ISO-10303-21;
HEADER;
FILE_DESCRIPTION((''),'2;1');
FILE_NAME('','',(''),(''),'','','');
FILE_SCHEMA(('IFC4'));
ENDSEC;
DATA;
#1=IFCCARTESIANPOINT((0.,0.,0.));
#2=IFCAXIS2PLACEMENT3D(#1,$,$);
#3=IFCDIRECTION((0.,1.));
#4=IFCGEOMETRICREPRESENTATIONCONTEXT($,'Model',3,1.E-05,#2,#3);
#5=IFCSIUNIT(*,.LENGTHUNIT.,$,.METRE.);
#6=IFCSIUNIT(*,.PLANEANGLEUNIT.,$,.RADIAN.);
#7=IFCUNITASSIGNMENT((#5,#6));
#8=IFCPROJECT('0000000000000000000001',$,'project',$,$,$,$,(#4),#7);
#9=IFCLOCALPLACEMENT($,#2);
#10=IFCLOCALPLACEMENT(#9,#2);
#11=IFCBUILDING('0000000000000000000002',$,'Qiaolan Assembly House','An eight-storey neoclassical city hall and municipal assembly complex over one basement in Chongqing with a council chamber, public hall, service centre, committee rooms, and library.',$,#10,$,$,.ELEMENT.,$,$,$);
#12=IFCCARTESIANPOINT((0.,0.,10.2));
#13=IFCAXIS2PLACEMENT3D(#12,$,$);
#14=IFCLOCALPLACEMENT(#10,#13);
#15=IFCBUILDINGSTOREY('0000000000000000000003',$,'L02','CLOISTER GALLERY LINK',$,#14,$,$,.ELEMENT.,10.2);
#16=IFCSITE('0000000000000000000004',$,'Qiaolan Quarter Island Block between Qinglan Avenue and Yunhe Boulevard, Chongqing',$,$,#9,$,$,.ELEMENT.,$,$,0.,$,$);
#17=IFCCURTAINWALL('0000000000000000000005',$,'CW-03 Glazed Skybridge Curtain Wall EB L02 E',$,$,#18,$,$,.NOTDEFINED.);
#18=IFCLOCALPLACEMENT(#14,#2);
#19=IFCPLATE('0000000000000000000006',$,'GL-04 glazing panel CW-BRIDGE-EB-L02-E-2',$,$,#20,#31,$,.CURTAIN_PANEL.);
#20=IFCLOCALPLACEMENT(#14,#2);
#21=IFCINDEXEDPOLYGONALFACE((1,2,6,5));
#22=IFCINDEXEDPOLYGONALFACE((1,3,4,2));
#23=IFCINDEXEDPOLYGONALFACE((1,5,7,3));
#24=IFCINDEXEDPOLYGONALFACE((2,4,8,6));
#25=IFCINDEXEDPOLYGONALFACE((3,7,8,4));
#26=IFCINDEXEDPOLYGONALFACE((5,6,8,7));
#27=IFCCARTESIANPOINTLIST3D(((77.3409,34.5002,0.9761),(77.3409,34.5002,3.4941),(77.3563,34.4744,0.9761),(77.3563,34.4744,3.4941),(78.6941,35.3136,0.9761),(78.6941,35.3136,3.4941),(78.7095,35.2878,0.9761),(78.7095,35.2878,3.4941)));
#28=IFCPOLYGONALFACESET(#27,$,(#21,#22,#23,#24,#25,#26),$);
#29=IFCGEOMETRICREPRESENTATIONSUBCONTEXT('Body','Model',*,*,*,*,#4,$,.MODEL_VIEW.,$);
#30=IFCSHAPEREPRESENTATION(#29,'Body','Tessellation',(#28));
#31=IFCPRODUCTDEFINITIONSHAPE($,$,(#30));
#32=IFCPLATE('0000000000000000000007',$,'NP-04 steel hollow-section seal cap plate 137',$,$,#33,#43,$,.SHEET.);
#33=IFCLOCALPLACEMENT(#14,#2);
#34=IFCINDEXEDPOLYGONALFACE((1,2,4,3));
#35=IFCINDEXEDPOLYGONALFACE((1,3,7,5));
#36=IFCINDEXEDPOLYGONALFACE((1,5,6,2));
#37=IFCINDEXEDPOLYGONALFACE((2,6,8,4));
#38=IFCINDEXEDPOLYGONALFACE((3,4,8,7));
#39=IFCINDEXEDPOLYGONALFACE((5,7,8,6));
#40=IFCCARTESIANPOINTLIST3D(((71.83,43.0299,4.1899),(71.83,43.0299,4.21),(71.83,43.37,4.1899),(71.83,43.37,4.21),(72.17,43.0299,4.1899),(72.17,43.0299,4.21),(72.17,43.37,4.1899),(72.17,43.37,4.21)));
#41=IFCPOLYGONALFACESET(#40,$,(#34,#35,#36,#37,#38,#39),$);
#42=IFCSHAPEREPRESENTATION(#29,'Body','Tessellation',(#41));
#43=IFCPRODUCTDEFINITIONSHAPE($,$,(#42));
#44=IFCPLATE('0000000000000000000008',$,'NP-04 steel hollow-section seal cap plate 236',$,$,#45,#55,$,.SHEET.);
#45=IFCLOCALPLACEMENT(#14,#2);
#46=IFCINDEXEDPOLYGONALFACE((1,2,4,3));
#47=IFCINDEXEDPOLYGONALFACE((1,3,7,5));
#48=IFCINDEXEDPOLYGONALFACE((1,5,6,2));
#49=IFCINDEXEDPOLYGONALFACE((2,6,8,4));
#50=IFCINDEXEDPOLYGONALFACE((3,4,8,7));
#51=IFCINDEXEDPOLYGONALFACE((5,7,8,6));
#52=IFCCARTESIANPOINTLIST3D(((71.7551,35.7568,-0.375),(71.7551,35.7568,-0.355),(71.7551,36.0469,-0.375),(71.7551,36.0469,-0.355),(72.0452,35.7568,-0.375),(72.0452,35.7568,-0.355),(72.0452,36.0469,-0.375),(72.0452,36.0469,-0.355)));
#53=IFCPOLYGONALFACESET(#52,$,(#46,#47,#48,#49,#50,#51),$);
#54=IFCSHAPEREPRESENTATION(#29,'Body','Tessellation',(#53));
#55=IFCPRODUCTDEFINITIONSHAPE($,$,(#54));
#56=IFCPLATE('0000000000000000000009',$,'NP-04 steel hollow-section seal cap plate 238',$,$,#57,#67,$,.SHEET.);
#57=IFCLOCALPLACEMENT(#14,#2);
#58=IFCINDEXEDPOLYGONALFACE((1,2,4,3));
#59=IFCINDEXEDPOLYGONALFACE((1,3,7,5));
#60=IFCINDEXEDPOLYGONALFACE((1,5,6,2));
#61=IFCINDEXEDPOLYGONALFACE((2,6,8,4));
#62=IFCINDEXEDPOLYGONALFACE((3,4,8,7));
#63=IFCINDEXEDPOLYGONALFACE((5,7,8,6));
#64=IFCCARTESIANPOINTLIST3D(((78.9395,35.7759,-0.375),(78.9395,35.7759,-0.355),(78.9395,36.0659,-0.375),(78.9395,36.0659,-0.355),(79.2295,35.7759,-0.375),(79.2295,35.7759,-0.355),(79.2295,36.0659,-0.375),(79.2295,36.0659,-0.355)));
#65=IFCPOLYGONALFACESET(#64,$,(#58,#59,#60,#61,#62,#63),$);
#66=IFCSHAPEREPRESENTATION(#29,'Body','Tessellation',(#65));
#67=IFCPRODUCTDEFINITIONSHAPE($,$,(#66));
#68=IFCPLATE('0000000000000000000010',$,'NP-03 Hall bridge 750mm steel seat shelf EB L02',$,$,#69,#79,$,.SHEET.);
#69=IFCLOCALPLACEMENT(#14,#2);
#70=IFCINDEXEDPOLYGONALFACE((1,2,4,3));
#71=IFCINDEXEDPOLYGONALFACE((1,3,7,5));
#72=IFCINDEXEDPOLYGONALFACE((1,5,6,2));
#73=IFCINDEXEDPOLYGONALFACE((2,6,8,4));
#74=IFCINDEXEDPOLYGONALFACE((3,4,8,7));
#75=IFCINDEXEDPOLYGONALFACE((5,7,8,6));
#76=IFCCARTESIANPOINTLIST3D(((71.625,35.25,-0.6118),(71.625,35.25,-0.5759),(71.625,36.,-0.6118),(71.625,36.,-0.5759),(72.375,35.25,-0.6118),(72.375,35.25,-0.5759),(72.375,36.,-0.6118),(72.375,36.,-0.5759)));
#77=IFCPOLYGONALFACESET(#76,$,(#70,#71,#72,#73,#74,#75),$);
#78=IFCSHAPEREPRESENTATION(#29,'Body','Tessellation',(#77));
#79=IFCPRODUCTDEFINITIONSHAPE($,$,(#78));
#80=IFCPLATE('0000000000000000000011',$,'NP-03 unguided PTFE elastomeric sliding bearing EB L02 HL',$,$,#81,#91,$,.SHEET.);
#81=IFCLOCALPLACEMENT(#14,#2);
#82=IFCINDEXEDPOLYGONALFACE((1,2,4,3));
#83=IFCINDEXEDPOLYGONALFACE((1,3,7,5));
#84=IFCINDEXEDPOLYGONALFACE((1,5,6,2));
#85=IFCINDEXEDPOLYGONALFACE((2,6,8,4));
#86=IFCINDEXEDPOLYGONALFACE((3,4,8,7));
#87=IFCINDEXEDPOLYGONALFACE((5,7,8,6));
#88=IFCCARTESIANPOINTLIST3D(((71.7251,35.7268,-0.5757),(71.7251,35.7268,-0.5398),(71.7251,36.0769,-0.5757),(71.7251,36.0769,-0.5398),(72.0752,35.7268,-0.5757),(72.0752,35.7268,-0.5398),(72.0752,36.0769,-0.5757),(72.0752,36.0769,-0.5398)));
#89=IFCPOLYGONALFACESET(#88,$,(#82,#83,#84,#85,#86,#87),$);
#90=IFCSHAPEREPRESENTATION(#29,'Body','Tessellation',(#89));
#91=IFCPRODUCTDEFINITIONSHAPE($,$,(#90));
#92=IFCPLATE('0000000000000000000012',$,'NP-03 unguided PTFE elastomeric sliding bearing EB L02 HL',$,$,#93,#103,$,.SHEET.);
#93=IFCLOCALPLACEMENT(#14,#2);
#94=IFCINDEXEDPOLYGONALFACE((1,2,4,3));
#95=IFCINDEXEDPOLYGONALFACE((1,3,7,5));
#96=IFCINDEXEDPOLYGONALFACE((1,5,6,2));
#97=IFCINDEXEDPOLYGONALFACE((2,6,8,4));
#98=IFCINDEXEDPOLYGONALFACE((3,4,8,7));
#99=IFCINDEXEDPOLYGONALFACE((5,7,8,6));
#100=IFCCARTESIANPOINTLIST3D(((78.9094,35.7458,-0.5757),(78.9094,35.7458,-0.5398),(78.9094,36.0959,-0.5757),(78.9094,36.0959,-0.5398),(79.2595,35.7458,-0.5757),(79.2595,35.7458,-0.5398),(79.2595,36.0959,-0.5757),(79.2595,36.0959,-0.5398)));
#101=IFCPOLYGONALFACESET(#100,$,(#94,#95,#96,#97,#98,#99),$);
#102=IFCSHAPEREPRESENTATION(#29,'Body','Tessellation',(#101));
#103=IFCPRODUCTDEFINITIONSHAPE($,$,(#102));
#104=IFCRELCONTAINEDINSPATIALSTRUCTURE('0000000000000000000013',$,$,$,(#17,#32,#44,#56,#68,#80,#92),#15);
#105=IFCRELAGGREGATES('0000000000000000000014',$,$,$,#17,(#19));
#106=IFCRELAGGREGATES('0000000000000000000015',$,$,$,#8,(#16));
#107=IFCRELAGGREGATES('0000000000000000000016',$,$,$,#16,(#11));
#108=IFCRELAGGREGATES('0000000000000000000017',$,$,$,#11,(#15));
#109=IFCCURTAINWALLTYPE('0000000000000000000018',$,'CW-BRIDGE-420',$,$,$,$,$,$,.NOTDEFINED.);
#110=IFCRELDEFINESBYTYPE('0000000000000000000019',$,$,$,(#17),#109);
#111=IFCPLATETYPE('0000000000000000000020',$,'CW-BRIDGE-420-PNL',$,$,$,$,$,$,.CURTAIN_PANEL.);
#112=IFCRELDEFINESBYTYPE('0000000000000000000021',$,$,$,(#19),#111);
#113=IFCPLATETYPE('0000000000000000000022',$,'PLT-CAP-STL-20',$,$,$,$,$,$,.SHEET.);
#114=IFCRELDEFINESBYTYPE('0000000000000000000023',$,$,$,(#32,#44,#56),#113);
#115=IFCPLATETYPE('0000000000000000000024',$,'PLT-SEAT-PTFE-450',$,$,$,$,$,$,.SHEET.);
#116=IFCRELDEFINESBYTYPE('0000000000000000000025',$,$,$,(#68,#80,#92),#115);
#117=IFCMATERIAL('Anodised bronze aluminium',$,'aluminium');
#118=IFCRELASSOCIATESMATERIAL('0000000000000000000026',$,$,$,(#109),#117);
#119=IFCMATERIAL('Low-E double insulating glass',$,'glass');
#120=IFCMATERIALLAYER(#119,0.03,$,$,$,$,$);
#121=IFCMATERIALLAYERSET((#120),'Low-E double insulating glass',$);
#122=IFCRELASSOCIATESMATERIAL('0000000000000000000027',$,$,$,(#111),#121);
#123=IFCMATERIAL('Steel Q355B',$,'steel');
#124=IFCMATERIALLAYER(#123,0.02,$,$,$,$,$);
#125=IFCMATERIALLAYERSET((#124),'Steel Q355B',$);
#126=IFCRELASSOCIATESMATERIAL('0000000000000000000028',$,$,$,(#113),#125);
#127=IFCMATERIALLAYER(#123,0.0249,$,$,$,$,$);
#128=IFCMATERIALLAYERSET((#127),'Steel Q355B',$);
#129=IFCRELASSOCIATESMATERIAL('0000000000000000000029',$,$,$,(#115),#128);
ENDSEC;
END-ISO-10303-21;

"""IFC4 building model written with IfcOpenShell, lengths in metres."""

from ifc_helpers import new_model, si_unit, direction, frame, frame_2d, origin, origin_2d, place, context, subcontext, project, spatial, rectangle, extrude, material, layer, layer_set, type_object, element, aggregate, save


model = new_model("IFC4")

# Units and contexts
model_context = context("Model", 3, precision=1e-05, world=origin(), true_north=direction((0.0, 1.0)))
body_context = subcontext(model_context, "Body", "Model", "MODEL_VIEW")
ifc_project = project(units=[si_unit("LENGTHUNIT", "METRE"), si_unit("PLANEANGLEUNIT", "RADIAN")], contexts=[model_context])

# Site, building, storey
site_placement = place(None, origin())
site = spatial("IfcSite", under=ifc_project, at=site_placement, Name="Qiaolan Quarter Island Block between Qinglan Avenue and Yunhe Boulevard, Chongqing", CompositionType="ELEMENT", RefElevation=0.0)
building_placement = place(site_placement, origin())
building = spatial("IfcBuilding", under=site, at=building_placement, Name="Qiaolan Assembly House", Description="An eight-storey neoclassical city hall and municipal assembly complex over one basement in Chongqing with a council chamber, public hall, service centre, committee rooms, and library.", CompositionType="ELEMENT")
storey_placement = place(building_placement, frame((0.0, 0.0, 10.2)))
storey = spatial("IfcBuildingStorey", under=building, at=storey_placement, Name="L02", Description="CLOISTER GALLERY LINK", CompositionType="ELEMENT", Elevation=10.2)

# Shared definitions
ifc_material_1 = material(Name="Steel Q355B", Category="steel")

# Shared definitions
ifc_material_2 = material(Name="Anodised bronze aluminium", Category="aluminium")
curtain_wall_type_1 = type_object("IfcCurtainWallType", Name="CW-BRIDGE-420", PredefinedType="NOTDEFINED", material=ifc_material_2)

# Curtain wall
curtain_wall_1_placement = place(storey_placement, origin())
curtain_wall_1 = element("IfcCurtainWall", 1, at=curtain_wall_1_placement, inside=storey, type_object=curtain_wall_type_1, Name="CW-03 Glazed Skybridge Curtain Wall EB L02 E", PredefinedType="NOTDEFINED")

# Plate
ifc_material_3 = material(Name="Low-E double insulating glass", Category="glass")
ifc_layer_1 = layer(ifc_material_3, 0.03)
ifc_layer_set_1 = layer_set([ifc_layer_1], Name="Low-E double insulating glass")
plate_type_1 = type_object("IfcPlateType", Name="CW-BRIDGE-420-PNL", PredefinedType="CURTAIN_PANEL", material=ifc_layer_set_1)
plate_1_placement = place(storey_placement, frame((78.7019, 35.3008, 0.9761), z_axis=(0.0, 0.0, 1.0), x_axis=(-0.85707, -0.5152, 0.0)))
plate_1 = element("IfcPlate", 2, at=plate_1_placement, type_object=plate_type_1, Name="GL-04 glazing panel CW-BRIDGE-EB-L02-E-2", PredefinedType="CURTAIN_PANEL", context=body_context, shape_type="SweptSolid", body=[
    extrude(rectangle(XDim=1.5789, YDim=0.03, at=frame_2d((0.7896, 0.0))), origin(), (0.0, 0.0, 1.0), 2.5181),
])
aggregate(curtain_wall_1, [plate_1])

# Plates
ifc_layer_2 = layer(ifc_material_1, 0.02)
ifc_layer_set_2 = layer_set([ifc_layer_2], Name="Steel Q355B")
plate_type_2 = type_object("IfcPlateType", Name="PLT-CAP-STL-20", PredefinedType="SHEET", material=ifc_layer_set_2)
plate_2_placement = place(storey_placement, frame((72.0, 43.2, 4.1899), z_axis=(0.0, 0.0, 1.0), x_axis=(1.0, 0.0, 0.0)))
element("IfcPlate", 3, at=plate_2_placement, inside=storey, type_object=plate_type_2, Name="NP-04 steel hollow-section seal cap plate 137", PredefinedType="SHEET", context=body_context, shape_type="SweptSolid", body=[
    extrude(rectangle(XDim=0.3401, YDim=0.3401, at=origin_2d()), origin(), (0.0, 0.0, 1.0), 0.02),
])
for number, where, z_axis, x_axis, name in (
    (4, (71.9001, 35.9019, -0.375), (0.0, 0.0, 1.0), (1.0, 0.0, 0.0), "NP-04 steel hollow-section seal cap plate 236"),
    (5, (79.0845, 35.9209, -0.375), (0.0, 0.0, 1.0), (1.0, 0.0, 0.0), "NP-04 steel hollow-section seal cap plate 238"),
):
    element("IfcPlate", number, at=place(storey_placement, frame(where, z_axis=z_axis, x_axis=x_axis)), inside=storey, type_object=plate_type_2, Name=name, PredefinedType="SHEET", context=body_context, shape_type="SweptSolid", body=[
        extrude(rectangle(XDim=0.29, YDim=0.29, at=origin_2d()), origin(), (0.0, 0.0, 1.0), 0.02),
    ])
ifc_layer_3 = layer(ifc_material_1, 0.0249)
ifc_layer_set_3 = layer_set([ifc_layer_3], Name="Steel Q355B")
plate_type_3 = type_object("IfcPlateType", Name="PLT-SEAT-PTFE-450", PredefinedType="SHEET", material=ifc_layer_set_3)
plate_3_placement = place(storey_placement, frame((72.0, 35.625, -0.6118), z_axis=(0.0, 0.0, 1.0), x_axis=(1.0, 0.0, 0.0)))
element("IfcPlate", 6, at=plate_3_placement, inside=storey, type_object=plate_type_3, Name="NP-03 Hall bridge 750mm steel seat shelf EB L02", PredefinedType="SHEET", context=body_context, shape_type="SweptSolid", body=[
    extrude(rectangle(XDim=0.75, YDim=0.75, at=origin_2d()), origin(), (0.0, 0.0, 1.0), 0.0359),
])
for number, where, z_axis, x_axis, name in (
    (7, (71.9001, 35.9019, -0.5757), (0.0, 0.0, 1.0), (1.0, 0.0, 0.0), "NP-03 unguided PTFE elastomeric sliding bearing EB L02 HL"),
    (8, (79.0845, 35.9209, -0.5757), (0.0, 0.0, 1.0), (1.0, 0.0, 0.0), "NP-03 unguided PTFE elastomeric sliding bearing EB L02 HL"),
):
    element("IfcPlate", number, at=place(storey_placement, frame(where, z_axis=z_axis, x_axis=x_axis)), inside=storey, type_object=plate_type_3, Name=name, PredefinedType="SHEET", context=body_context, shape_type="SweptSolid", body=[
        extrude(rectangle(XDim=0.3501, YDim=0.3501, at=origin_2d()), origin(), (0.0, 0.0, 1.0), 0.0359),
    ])

save(model, "model.ifc")
